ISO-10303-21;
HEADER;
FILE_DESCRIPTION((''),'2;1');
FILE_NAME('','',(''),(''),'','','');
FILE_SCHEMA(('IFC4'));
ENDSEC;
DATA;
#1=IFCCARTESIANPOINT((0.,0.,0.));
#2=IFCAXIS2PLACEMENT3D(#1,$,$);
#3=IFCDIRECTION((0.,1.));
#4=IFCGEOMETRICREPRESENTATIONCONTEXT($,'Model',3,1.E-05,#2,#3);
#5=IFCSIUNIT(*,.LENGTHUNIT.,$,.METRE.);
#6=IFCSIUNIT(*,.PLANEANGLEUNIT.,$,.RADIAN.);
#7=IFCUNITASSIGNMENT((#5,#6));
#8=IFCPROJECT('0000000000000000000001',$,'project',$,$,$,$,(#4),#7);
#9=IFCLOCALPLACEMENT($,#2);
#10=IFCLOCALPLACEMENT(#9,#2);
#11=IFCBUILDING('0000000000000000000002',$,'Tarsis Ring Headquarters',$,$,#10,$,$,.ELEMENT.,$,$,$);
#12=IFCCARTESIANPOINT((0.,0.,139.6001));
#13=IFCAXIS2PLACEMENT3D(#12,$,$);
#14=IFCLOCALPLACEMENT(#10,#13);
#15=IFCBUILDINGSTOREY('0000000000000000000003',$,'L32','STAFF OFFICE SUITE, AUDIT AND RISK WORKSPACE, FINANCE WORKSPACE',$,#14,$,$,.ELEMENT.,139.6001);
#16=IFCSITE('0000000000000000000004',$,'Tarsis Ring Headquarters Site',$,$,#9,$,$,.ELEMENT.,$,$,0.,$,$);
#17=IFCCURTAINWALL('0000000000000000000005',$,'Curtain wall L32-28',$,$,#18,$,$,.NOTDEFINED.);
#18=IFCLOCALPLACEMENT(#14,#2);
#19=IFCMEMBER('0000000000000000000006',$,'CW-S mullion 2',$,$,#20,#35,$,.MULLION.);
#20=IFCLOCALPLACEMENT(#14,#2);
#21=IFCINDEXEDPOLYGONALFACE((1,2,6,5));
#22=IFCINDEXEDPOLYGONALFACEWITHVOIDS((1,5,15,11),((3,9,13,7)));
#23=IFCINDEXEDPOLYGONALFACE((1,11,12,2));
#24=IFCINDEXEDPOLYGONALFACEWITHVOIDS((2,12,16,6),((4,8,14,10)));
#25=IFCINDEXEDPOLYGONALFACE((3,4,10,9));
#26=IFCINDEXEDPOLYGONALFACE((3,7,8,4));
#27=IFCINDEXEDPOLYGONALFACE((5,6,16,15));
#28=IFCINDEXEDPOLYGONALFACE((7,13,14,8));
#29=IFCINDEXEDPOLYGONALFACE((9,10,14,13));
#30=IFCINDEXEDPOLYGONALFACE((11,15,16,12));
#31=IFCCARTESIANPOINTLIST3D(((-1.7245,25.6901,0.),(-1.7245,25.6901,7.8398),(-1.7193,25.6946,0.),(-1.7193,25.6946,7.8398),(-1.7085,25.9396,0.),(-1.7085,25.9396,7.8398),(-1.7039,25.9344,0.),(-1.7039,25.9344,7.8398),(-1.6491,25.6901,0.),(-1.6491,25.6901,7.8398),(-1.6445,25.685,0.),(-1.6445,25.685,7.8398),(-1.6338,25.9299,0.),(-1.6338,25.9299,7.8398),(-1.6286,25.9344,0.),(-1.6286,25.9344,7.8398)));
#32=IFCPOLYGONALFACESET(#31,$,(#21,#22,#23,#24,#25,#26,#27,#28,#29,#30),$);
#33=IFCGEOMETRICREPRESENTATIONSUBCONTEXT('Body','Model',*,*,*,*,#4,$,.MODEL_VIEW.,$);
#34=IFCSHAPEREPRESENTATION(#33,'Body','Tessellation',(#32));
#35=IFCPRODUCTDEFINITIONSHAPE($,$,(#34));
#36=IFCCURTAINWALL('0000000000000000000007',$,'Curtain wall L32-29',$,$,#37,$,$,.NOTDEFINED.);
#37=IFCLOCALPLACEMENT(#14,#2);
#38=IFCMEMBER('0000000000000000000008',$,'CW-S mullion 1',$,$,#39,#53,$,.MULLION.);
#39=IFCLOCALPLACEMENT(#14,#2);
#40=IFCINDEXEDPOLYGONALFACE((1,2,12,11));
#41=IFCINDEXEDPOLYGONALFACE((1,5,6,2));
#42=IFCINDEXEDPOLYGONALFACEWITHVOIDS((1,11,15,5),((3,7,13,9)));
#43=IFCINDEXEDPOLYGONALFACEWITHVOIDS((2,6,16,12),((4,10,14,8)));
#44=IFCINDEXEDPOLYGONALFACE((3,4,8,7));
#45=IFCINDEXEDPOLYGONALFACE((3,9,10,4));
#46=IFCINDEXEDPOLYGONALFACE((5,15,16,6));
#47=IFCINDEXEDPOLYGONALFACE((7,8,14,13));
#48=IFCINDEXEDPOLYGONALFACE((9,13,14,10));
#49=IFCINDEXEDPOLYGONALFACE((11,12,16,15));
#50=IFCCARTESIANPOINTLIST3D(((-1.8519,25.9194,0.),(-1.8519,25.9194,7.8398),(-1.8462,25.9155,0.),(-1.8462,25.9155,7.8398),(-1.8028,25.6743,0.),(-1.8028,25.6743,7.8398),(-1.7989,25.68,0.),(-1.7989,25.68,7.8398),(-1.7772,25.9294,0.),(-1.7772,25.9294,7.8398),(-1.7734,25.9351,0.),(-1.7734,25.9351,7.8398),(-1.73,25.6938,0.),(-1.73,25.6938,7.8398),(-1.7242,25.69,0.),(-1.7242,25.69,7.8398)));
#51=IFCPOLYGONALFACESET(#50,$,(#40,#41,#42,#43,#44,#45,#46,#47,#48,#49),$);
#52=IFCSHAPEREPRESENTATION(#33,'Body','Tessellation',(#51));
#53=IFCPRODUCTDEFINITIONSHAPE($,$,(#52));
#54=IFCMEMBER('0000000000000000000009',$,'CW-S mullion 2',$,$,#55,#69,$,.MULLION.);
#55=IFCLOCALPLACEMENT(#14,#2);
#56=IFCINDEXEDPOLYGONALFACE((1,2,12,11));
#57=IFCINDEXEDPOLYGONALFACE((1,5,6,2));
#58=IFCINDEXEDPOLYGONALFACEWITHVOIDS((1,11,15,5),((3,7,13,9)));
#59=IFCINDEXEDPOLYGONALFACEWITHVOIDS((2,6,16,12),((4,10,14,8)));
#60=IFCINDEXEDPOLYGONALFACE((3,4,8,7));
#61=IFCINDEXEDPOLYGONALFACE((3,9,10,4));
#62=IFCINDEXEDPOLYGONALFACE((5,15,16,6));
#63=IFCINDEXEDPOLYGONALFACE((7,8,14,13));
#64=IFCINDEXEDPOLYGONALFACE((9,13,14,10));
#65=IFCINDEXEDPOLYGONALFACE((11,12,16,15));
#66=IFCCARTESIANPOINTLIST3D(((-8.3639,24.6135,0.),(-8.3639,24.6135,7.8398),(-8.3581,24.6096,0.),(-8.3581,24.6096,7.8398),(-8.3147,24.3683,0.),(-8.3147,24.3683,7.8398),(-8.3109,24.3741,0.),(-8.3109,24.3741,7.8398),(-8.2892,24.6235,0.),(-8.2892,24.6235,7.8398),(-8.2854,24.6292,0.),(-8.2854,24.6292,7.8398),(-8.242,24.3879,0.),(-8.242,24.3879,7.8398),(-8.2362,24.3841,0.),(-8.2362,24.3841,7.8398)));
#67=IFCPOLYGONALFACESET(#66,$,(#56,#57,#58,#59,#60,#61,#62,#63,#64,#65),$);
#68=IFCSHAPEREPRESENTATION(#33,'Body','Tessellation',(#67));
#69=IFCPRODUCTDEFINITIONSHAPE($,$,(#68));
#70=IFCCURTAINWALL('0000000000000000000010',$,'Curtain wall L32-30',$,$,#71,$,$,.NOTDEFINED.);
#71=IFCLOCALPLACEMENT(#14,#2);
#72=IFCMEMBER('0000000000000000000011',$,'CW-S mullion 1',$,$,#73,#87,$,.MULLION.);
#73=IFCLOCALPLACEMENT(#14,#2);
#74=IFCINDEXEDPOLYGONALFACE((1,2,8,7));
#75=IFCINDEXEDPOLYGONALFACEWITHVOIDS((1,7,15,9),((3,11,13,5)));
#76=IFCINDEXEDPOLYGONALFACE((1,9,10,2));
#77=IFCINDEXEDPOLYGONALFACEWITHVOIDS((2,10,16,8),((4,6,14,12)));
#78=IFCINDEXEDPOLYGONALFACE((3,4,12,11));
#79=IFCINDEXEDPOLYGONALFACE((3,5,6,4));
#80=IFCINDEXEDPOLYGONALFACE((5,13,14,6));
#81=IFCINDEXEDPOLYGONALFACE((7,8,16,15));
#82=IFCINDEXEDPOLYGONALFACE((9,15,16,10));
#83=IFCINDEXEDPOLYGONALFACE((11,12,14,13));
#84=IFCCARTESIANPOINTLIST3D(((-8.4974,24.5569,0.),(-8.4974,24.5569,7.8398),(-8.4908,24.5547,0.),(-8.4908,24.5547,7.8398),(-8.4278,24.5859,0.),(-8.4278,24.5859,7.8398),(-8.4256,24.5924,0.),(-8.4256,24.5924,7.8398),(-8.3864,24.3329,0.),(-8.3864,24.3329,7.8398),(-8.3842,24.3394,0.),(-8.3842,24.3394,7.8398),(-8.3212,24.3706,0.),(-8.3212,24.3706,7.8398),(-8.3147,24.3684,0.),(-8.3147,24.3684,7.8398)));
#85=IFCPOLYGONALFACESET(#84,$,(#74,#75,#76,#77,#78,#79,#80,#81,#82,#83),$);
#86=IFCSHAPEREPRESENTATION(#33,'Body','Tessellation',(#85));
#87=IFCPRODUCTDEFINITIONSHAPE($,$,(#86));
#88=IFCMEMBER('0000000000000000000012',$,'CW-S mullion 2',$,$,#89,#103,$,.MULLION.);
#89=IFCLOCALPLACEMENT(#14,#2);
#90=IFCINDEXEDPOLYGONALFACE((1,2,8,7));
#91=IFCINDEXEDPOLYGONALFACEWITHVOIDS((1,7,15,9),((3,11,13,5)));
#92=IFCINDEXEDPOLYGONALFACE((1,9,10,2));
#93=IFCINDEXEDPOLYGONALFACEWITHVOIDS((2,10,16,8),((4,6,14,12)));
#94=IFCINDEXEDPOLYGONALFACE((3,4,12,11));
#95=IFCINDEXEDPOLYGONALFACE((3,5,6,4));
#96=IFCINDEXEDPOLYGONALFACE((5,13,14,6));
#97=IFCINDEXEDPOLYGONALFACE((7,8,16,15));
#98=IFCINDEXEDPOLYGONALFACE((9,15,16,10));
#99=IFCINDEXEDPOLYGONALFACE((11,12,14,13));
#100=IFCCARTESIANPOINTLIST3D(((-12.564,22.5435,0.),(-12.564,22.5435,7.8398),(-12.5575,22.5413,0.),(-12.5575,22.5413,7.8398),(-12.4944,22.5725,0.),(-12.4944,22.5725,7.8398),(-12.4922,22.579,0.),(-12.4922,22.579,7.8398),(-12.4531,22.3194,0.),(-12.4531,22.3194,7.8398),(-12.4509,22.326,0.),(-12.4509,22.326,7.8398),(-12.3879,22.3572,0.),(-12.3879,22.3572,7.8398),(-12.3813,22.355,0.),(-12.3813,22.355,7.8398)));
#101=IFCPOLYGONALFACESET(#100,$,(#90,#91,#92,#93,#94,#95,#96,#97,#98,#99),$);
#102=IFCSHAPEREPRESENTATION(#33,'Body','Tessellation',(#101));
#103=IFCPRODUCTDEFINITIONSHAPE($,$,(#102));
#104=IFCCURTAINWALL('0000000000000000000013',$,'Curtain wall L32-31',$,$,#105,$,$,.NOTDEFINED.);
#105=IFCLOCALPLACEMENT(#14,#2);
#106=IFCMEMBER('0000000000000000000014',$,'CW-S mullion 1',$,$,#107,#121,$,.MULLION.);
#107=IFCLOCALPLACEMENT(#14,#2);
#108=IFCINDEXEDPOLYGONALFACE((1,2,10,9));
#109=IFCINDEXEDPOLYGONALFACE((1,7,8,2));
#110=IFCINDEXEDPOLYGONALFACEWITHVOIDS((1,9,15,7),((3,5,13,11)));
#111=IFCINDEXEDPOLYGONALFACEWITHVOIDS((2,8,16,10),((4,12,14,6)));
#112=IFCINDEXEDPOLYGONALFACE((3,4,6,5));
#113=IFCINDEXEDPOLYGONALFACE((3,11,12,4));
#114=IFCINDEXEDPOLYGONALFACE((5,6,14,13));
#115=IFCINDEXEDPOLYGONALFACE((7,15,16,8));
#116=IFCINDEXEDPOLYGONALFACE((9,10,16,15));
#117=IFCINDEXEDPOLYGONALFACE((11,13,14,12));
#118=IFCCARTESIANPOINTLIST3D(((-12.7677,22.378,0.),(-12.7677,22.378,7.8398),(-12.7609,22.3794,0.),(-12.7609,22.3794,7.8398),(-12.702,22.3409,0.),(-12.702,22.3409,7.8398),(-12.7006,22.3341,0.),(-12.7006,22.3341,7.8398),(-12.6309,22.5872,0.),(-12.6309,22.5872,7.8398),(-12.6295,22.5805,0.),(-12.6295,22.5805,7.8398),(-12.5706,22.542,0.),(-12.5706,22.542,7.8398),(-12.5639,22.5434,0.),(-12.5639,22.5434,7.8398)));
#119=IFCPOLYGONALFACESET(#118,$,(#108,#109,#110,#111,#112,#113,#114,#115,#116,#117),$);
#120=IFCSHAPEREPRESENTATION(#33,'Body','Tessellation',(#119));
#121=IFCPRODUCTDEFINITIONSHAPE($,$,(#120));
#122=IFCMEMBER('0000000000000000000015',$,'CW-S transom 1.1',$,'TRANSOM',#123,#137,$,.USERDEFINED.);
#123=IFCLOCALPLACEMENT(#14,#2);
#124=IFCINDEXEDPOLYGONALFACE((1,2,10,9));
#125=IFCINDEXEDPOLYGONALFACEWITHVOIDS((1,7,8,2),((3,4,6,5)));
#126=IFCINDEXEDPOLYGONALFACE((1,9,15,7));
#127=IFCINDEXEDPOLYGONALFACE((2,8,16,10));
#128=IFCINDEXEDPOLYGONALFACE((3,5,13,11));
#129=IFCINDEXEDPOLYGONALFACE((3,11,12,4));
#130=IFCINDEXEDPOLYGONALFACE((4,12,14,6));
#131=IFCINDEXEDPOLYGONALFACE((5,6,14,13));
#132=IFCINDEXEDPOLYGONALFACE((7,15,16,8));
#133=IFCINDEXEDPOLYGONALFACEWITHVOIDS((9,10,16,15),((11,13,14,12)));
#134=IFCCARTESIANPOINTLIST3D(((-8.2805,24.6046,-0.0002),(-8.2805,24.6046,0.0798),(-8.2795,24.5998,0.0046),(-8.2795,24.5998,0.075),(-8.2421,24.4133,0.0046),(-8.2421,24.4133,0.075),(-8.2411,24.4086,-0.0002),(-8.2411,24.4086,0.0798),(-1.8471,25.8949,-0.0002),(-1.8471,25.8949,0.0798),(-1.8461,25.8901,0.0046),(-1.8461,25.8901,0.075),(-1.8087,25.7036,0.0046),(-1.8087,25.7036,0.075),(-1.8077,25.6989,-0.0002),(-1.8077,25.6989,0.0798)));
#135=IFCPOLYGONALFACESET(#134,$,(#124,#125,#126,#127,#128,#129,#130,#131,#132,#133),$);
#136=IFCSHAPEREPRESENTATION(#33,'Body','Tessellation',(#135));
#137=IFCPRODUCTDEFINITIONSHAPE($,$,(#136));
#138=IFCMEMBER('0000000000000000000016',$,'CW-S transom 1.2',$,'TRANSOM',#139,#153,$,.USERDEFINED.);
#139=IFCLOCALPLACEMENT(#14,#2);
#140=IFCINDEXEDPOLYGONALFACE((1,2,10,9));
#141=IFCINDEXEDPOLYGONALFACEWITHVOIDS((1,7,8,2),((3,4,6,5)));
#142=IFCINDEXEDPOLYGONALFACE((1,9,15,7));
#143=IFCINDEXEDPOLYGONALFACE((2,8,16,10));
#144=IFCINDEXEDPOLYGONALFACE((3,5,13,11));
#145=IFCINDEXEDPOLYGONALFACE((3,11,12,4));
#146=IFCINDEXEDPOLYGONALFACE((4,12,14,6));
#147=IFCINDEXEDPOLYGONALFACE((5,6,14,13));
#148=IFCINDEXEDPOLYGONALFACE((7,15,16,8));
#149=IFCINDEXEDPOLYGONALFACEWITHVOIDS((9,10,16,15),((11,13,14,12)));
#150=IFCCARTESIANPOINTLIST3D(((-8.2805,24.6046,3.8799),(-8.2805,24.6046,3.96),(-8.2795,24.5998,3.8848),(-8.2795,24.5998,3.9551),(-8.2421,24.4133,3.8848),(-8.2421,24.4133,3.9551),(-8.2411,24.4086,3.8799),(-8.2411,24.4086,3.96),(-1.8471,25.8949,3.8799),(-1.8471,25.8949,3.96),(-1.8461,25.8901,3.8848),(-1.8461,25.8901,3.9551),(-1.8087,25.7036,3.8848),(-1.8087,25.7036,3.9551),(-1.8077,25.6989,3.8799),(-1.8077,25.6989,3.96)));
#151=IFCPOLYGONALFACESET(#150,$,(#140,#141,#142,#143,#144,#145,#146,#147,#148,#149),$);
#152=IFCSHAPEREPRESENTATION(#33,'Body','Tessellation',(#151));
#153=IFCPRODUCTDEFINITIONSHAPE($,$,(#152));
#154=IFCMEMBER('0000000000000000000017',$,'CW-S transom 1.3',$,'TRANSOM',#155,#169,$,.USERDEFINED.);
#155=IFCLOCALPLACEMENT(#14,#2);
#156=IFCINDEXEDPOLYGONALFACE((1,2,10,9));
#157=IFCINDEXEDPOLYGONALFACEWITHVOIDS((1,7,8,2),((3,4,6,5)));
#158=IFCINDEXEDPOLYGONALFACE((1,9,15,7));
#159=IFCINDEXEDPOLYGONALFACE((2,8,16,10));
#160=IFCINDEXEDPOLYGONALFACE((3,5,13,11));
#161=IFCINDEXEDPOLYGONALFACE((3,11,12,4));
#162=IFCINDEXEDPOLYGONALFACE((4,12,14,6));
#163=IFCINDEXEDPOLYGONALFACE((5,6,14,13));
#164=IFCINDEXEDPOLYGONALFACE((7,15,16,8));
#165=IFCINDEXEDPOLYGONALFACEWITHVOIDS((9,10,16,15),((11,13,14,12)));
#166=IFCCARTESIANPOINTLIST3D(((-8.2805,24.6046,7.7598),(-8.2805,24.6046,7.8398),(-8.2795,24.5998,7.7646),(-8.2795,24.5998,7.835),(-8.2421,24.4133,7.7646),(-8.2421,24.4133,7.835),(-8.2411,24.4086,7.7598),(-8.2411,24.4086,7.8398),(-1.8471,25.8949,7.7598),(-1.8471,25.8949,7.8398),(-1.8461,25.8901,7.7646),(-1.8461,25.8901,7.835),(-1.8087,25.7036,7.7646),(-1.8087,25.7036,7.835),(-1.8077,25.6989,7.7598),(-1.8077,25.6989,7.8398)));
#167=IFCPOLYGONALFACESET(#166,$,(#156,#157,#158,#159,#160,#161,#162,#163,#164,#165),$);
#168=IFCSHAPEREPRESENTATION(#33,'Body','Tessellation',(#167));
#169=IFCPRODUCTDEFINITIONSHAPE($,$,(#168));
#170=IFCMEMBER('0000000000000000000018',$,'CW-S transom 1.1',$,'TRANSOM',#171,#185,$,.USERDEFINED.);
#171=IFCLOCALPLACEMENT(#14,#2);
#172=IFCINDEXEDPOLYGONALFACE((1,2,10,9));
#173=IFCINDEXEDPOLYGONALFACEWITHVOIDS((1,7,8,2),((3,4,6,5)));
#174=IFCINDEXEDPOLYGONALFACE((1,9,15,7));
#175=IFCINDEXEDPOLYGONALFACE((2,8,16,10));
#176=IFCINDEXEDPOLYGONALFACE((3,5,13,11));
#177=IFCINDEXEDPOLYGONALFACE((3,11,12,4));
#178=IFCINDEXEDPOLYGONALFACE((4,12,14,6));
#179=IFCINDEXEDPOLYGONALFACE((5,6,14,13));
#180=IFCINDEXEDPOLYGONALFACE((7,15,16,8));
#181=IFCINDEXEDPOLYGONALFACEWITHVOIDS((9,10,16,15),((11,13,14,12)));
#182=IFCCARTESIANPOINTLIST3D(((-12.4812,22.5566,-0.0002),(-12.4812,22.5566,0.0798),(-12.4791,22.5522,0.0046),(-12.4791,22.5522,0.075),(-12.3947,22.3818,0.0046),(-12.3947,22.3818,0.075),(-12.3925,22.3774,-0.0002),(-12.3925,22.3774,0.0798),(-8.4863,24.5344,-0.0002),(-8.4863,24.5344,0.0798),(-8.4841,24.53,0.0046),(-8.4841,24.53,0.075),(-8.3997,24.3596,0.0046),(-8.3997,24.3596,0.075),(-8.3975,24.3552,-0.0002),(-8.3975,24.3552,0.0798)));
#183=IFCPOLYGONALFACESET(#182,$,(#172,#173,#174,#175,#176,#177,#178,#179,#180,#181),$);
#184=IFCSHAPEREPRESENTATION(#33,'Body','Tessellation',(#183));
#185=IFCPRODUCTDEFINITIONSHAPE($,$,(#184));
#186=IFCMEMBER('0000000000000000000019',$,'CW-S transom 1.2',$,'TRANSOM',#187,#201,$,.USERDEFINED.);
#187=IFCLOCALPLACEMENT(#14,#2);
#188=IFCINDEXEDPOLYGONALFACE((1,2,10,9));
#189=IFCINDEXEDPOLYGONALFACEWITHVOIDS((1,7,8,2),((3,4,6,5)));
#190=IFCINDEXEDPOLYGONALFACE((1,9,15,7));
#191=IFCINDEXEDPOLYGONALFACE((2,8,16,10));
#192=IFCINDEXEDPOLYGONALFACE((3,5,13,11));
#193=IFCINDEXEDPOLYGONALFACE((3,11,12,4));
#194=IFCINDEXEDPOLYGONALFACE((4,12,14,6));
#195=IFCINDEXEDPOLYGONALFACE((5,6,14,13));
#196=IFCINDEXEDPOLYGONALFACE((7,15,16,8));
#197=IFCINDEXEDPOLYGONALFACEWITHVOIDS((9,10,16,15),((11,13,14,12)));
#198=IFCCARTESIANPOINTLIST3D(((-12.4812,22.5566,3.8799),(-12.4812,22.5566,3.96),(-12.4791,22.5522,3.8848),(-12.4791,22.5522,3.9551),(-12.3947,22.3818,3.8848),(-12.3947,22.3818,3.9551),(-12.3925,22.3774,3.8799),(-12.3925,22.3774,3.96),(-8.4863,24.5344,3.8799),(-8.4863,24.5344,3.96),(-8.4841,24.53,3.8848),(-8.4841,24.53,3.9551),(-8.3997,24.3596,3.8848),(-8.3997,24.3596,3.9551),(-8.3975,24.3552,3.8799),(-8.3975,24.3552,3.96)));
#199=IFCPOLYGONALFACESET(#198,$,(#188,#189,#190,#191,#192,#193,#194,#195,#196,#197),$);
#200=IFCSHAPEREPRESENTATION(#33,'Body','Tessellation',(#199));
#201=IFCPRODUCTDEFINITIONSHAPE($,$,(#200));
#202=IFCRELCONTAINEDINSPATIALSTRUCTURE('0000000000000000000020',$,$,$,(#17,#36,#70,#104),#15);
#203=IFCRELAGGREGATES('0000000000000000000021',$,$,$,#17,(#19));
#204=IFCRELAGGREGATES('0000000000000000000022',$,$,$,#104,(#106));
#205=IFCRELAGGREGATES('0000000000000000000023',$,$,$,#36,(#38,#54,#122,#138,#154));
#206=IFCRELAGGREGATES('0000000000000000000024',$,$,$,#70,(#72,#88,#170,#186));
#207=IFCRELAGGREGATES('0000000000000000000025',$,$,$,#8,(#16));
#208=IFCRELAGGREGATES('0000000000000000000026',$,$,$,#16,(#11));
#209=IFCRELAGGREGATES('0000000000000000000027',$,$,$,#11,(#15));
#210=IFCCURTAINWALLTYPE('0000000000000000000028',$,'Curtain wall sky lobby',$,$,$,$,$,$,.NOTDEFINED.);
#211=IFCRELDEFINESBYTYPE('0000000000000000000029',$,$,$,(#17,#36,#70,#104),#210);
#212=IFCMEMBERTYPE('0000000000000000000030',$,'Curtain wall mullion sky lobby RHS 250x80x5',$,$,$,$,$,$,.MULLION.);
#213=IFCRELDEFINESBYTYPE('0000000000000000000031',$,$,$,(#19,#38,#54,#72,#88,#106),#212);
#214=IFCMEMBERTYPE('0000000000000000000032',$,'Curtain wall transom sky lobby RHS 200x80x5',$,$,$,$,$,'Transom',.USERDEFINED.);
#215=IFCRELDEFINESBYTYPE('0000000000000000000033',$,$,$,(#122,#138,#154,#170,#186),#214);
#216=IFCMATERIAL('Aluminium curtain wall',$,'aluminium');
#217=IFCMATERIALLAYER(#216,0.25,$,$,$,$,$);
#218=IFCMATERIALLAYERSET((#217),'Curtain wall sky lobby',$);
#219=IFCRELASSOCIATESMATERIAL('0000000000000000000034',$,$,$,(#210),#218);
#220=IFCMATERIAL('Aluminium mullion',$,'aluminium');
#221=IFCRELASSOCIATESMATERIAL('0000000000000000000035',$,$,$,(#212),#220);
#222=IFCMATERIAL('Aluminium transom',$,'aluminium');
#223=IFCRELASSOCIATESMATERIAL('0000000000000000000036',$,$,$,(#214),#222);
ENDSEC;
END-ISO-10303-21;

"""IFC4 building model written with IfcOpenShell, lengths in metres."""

from ifc_helpers import new_model, si_unit, direction, frame, origin, origin_2d, place, context, subcontext, project, spatial, hollow_rectangle, extrude, material, layer, layer_set, material_profile, profile_set, type_object, element, aggregate, save


model = new_model("IFC4")

# Units and contexts
model_context = context("Model", 3, precision=1e-05, world=origin(), true_north=direction((0.0, 1.0)))
body_context = subcontext(model_context, "Body", "Model", "MODEL_VIEW")
ifc_project = project(units=[si_unit("LENGTHUNIT", "METRE"), si_unit("PLANEANGLEUNIT", "RADIAN")], contexts=[model_context])

# Site, building, storey
site_placement = place(None, origin())
site = spatial("IfcSite", under=ifc_project, at=site_placement, Name="Tarsis Ring Headquarters Site", CompositionType="ELEMENT", RefElevation=0.0)
building_placement = place(site_placement, origin())
building = spatial("IfcBuilding", under=site, at=building_placement, Name="Tarsis Ring Headquarters", CompositionType="ELEMENT")
storey_placement = place(building_placement, frame((0.0, 0.0, 139.6001)))
storey = spatial("IfcBuildingStorey", under=building, at=storey_placement, Name="L32", Description="STAFF OFFICE SUITE, AUDIT AND RISK WORKSPACE, FINANCE WORKSPACE", CompositionType="ELEMENT", Elevation=139.6001)

# Curtain wall, member
ifc_material_1 = material(Name="Aluminium curtain wall", Category="aluminium")
ifc_layer_1 = layer(ifc_material_1, 0.25)
ifc_layer_set_1 = layer_set([ifc_layer_1], Name="Curtain wall sky lobby")
curtain_wall_type = type_object("IfcCurtainWallType", Name="Curtain wall sky lobby", PredefinedType="NOTDEFINED", material=ifc_layer_set_1)
curtain_wall_1_placement = place(storey_placement, origin())
curtain_wall_1 = element("IfcCurtainWall", 1, at=curtain_wall_1_placement, inside=storey, type_object=curtain_wall_type, Name="Curtain wall L32-28", PredefinedType="NOTDEFINED")
ifc_material_2 = material(Name="Aluminium mullion", Category="aluminium")
ifc_material_profile_1 = material_profile(ifc_material_2, hollow_rectangle(XDim=0.25, YDim=0.0801, WallThickness=0.0049, at=origin_2d()), Name="RHS 250x80x5")
ifc_profile_set_1 = profile_set([ifc_material_profile_1], Name="Aluminium mullion")
member_type_1 = type_object("IfcMemberType", Name="Curtain wall mullion sky lobby RHS 250x80x5", PredefinedType="MULLION", material=ifc_profile_set_1)
member_1_placement = place(storey_placement, frame((-1.6765, 25.8123, 0.0), z_axis=(0.0, 0.0, 1.0), x_axis=(-0.063836, -0.99796, 0.0)))
member_1 = element("IfcMember", 2, at=member_1_placement, type_object=member_type_1, Name="CW-S mullion 2", PredefinedType="MULLION", context=body_context, shape_type="SweptSolid", body=[
    extrude(hollow_rectangle(XDim=0.25, YDim=0.0801, WallThickness=0.0049, at=origin_2d()), origin(), (0.0, 0.0, 1.0), 7.8398),
])
aggregate(curtain_wall_1, [member_1])

# Curtain walls, members
curtain_wall_2_placement = place(storey_placement, origin())
curtain_wall_2 = element("IfcCurtainWall", 3, at=curtain_wall_2_placement, inside=storey, type_object=curtain_wall_type, Name="Curtain wall L32-29", PredefinedType="NOTDEFINED")
member_2_placement = place(storey_placement, frame((-1.7881, 25.8047, 0.0), z_axis=(0.0, 0.0, 1.0), x_axis=(0.196631, -0.980478, 0.0)))
member_2 = element("IfcMember", 4, at=member_2_placement, type_object=member_type_1, Name="CW-S mullion 1", PredefinedType="MULLION", context=body_context, shape_type="SweptSolid", body=[
    extrude(hollow_rectangle(XDim=0.25, YDim=0.0801, WallThickness=0.0049, at=origin_2d()), origin(), (0.0, 0.0, 1.0), 7.8398),
])
member_3_placement = place(storey_placement, frame((-8.3, 24.4988, 0.0), z_axis=(0.0, 0.0, 1.0), x_axis=(0.196631, -0.980478, 0.0)))
member_3 = element("IfcMember", 5, at=member_3_placement, type_object=member_type_1, Name="CW-S mullion 2", PredefinedType="MULLION", context=body_context, shape_type="SweptSolid", body=[
    extrude(hollow_rectangle(XDim=0.25, YDim=0.0801, WallThickness=0.0049, at=origin_2d()), origin(), (0.0, 0.0, 1.0), 7.8398),
])
curtain_wall_3_placement = place(storey_placement, origin())
curtain_wall_3 = element("IfcCurtainWall", 6, at=curtain_wall_3_placement, inside=storey, type_object=curtain_wall_type, Name="Curtain wall L32-30", PredefinedType="NOTDEFINED")
member_4_placement = place(storey_placement, frame((-8.406, 24.4626, 0.0), z_axis=(0.0, 0.0, 1.0), x_axis=(0.443697, -0.896177, 0.0)))
member_4 = element("IfcMember", 7, at=member_4_placement, type_object=member_type_1, Name="CW-S mullion 1", PredefinedType="MULLION", context=body_context, shape_type="SweptSolid", body=[
    extrude(hollow_rectangle(XDim=0.25, YDim=0.0801, WallThickness=0.0049, at=origin_2d()), origin(), (0.0, 0.0, 1.0), 7.8398),
])
member_5_placement = place(storey_placement, frame((-12.4727, 22.4492, 0.0), z_axis=(0.0, 0.0, 1.0), x_axis=(0.443697, -0.896177, 0.0)))
member_5 = element("IfcMember", 8, at=member_5_placement, type_object=member_type_1, Name="CW-S mullion 2", PredefinedType="MULLION", context=body_context, shape_type="SweptSolid", body=[
    extrude(hollow_rectangle(XDim=0.25, YDim=0.0801, WallThickness=0.0049, at=origin_2d()), origin(), (0.0, 0.0, 1.0), 7.8398),
])

# Curtain wall, member
curtain_wall_4_placement = place(storey_placement, origin())
curtain_wall_4 = element("IfcCurtainWall", 9, at=curtain_wall_4_placement, inside=storey, type_object=curtain_wall_type, Name="Curtain wall L32-31", PredefinedType="NOTDEFINED")
member_6_placement = place(storey_placement, frame((-12.6658, 22.4607, 0.0), z_axis=(0.0, 0.0, 1.0), x_axis=(-0.546979, -0.837146, 0.0)))
member_6 = element("IfcMember", 10, at=member_6_placement, type_object=member_type_1, Name="CW-S mullion 1", PredefinedType="MULLION", context=body_context, shape_type="SweptSolid", body=[
    extrude(hollow_rectangle(XDim=0.25, YDim=0.0801, WallThickness=0.0049, at=origin_2d()), origin(), (0.0, 0.0, 1.0), 7.8398),
])

# Members
ifc_material_3 = material(Name="Aluminium transom", Category="aluminium")
ifc_material_profile_2 = material_profile(ifc_material_3, hollow_rectangle(XDim=0.2, YDim=0.0801, WallThickness=0.0049, at=origin_2d()), Name="RHS 200x80x5")
ifc_profile_set_2 = profile_set([ifc_material_profile_2], Name="Aluminium transom")
member_type_2 = type_object("IfcMemberType", Name="Curtain wall transom sky lobby RHS 200x80x5", ElementType="Transom", PredefinedType="USERDEFINED", material=ifc_profile_set_2)
member_7_placement = place(storey_placement, frame((-1.8274, 25.7969, 0.0398), z_axis=(-0.980475, -0.196646, 0.0), x_axis=(0.196646, -0.980475, 0.0)))
member_7 = element("IfcMember", 11, at=member_7_placement, type_object=member_type_2, Name="CW-S transom 1.1", ObjectType="TRANSOM", PredefinedType="USERDEFINED", context=body_context, shape_type="SweptSolid", body=[
    extrude(hollow_rectangle(XDim=0.2, YDim=0.0801, WallThickness=0.0049, at=origin_2d()), origin(), (0.0, 0.0, 1.0), 6.5615),
])
member_8_placement = place(storey_placement, frame((-1.8274, 25.7969, 3.9199), z_axis=(-0.980475, -0.196646, 0.0), x_axis=(0.196646, -0.980475, 0.0)))
member_8 = element("IfcMember", 12, at=member_8_placement, type_object=member_type_2, Name="CW-S transom 1.2", ObjectType="TRANSOM", PredefinedType="USERDEFINED", context=body_context, shape_type="SweptSolid", body=[
    extrude(hollow_rectangle(XDim=0.2, YDim=0.0801, WallThickness=0.0049, at=origin_2d()), origin(), (0.0, 0.0, 1.0), 6.5615),
])
member_9_placement = place(storey_placement, frame((-1.8274, 25.7969, 7.7998), z_axis=(-0.980475, -0.196646, 0.0), x_axis=(0.196646, -0.980475, 0.0)))
member_9 = element("IfcMember", 13, at=member_9_placement, type_object=member_type_2, Name="CW-S transom 1.3", ObjectType="TRANSOM", PredefinedType="USERDEFINED", context=body_context, shape_type="SweptSolid", body=[
    extrude(hollow_rectangle(XDim=0.2, YDim=0.0801, WallThickness=0.0049, at=origin_2d()), origin(), (0.0, 0.0, 1.0), 6.5615),
])
member_10_placement = place(storey_placement, frame((-8.4419, 24.4448, 0.0398), z_axis=(-0.896184, -0.443683, 0.0), x_axis=(0.443683, -0.896184, 0.0)))
member_10 = element("IfcMember", 14, at=member_10_placement, type_object=member_type_2, Name="CW-S transom 1.1", ObjectType="TRANSOM", PredefinedType="USERDEFINED", context=body_context, shape_type="SweptSolid", body=[
    extrude(hollow_rectangle(XDim=0.2, YDim=0.0801, WallThickness=0.0049, at=origin_2d()), origin(), (0.0, 0.0, 1.0), 4.4578),
])
member_11_placement = place(storey_placement, frame((-8.4419, 24.4448, 3.9199), z_axis=(-0.896184, -0.443683, 0.0), x_axis=(0.443683, -0.896184, 0.0)))
member_11 = element("IfcMember", 15, at=member_11_placement, type_object=member_type_2, Name="CW-S transom 1.2", ObjectType="TRANSOM", PredefinedType="USERDEFINED", context=body_context, shape_type="SweptSolid", body=[
    extrude(hollow_rectangle(XDim=0.2, YDim=0.0801, WallThickness=0.0049, at=origin_2d()), origin(), (0.0, 0.0, 1.0), 4.4578),
])
aggregate(curtain_wall_4, [member_6])

aggregate(curtain_wall_2, [member_2, member_3, member_7, member_8, member_9])
aggregate(curtain_wall_3, [member_4, member_5, member_10, member_11])

save(model, "model.ifc")
